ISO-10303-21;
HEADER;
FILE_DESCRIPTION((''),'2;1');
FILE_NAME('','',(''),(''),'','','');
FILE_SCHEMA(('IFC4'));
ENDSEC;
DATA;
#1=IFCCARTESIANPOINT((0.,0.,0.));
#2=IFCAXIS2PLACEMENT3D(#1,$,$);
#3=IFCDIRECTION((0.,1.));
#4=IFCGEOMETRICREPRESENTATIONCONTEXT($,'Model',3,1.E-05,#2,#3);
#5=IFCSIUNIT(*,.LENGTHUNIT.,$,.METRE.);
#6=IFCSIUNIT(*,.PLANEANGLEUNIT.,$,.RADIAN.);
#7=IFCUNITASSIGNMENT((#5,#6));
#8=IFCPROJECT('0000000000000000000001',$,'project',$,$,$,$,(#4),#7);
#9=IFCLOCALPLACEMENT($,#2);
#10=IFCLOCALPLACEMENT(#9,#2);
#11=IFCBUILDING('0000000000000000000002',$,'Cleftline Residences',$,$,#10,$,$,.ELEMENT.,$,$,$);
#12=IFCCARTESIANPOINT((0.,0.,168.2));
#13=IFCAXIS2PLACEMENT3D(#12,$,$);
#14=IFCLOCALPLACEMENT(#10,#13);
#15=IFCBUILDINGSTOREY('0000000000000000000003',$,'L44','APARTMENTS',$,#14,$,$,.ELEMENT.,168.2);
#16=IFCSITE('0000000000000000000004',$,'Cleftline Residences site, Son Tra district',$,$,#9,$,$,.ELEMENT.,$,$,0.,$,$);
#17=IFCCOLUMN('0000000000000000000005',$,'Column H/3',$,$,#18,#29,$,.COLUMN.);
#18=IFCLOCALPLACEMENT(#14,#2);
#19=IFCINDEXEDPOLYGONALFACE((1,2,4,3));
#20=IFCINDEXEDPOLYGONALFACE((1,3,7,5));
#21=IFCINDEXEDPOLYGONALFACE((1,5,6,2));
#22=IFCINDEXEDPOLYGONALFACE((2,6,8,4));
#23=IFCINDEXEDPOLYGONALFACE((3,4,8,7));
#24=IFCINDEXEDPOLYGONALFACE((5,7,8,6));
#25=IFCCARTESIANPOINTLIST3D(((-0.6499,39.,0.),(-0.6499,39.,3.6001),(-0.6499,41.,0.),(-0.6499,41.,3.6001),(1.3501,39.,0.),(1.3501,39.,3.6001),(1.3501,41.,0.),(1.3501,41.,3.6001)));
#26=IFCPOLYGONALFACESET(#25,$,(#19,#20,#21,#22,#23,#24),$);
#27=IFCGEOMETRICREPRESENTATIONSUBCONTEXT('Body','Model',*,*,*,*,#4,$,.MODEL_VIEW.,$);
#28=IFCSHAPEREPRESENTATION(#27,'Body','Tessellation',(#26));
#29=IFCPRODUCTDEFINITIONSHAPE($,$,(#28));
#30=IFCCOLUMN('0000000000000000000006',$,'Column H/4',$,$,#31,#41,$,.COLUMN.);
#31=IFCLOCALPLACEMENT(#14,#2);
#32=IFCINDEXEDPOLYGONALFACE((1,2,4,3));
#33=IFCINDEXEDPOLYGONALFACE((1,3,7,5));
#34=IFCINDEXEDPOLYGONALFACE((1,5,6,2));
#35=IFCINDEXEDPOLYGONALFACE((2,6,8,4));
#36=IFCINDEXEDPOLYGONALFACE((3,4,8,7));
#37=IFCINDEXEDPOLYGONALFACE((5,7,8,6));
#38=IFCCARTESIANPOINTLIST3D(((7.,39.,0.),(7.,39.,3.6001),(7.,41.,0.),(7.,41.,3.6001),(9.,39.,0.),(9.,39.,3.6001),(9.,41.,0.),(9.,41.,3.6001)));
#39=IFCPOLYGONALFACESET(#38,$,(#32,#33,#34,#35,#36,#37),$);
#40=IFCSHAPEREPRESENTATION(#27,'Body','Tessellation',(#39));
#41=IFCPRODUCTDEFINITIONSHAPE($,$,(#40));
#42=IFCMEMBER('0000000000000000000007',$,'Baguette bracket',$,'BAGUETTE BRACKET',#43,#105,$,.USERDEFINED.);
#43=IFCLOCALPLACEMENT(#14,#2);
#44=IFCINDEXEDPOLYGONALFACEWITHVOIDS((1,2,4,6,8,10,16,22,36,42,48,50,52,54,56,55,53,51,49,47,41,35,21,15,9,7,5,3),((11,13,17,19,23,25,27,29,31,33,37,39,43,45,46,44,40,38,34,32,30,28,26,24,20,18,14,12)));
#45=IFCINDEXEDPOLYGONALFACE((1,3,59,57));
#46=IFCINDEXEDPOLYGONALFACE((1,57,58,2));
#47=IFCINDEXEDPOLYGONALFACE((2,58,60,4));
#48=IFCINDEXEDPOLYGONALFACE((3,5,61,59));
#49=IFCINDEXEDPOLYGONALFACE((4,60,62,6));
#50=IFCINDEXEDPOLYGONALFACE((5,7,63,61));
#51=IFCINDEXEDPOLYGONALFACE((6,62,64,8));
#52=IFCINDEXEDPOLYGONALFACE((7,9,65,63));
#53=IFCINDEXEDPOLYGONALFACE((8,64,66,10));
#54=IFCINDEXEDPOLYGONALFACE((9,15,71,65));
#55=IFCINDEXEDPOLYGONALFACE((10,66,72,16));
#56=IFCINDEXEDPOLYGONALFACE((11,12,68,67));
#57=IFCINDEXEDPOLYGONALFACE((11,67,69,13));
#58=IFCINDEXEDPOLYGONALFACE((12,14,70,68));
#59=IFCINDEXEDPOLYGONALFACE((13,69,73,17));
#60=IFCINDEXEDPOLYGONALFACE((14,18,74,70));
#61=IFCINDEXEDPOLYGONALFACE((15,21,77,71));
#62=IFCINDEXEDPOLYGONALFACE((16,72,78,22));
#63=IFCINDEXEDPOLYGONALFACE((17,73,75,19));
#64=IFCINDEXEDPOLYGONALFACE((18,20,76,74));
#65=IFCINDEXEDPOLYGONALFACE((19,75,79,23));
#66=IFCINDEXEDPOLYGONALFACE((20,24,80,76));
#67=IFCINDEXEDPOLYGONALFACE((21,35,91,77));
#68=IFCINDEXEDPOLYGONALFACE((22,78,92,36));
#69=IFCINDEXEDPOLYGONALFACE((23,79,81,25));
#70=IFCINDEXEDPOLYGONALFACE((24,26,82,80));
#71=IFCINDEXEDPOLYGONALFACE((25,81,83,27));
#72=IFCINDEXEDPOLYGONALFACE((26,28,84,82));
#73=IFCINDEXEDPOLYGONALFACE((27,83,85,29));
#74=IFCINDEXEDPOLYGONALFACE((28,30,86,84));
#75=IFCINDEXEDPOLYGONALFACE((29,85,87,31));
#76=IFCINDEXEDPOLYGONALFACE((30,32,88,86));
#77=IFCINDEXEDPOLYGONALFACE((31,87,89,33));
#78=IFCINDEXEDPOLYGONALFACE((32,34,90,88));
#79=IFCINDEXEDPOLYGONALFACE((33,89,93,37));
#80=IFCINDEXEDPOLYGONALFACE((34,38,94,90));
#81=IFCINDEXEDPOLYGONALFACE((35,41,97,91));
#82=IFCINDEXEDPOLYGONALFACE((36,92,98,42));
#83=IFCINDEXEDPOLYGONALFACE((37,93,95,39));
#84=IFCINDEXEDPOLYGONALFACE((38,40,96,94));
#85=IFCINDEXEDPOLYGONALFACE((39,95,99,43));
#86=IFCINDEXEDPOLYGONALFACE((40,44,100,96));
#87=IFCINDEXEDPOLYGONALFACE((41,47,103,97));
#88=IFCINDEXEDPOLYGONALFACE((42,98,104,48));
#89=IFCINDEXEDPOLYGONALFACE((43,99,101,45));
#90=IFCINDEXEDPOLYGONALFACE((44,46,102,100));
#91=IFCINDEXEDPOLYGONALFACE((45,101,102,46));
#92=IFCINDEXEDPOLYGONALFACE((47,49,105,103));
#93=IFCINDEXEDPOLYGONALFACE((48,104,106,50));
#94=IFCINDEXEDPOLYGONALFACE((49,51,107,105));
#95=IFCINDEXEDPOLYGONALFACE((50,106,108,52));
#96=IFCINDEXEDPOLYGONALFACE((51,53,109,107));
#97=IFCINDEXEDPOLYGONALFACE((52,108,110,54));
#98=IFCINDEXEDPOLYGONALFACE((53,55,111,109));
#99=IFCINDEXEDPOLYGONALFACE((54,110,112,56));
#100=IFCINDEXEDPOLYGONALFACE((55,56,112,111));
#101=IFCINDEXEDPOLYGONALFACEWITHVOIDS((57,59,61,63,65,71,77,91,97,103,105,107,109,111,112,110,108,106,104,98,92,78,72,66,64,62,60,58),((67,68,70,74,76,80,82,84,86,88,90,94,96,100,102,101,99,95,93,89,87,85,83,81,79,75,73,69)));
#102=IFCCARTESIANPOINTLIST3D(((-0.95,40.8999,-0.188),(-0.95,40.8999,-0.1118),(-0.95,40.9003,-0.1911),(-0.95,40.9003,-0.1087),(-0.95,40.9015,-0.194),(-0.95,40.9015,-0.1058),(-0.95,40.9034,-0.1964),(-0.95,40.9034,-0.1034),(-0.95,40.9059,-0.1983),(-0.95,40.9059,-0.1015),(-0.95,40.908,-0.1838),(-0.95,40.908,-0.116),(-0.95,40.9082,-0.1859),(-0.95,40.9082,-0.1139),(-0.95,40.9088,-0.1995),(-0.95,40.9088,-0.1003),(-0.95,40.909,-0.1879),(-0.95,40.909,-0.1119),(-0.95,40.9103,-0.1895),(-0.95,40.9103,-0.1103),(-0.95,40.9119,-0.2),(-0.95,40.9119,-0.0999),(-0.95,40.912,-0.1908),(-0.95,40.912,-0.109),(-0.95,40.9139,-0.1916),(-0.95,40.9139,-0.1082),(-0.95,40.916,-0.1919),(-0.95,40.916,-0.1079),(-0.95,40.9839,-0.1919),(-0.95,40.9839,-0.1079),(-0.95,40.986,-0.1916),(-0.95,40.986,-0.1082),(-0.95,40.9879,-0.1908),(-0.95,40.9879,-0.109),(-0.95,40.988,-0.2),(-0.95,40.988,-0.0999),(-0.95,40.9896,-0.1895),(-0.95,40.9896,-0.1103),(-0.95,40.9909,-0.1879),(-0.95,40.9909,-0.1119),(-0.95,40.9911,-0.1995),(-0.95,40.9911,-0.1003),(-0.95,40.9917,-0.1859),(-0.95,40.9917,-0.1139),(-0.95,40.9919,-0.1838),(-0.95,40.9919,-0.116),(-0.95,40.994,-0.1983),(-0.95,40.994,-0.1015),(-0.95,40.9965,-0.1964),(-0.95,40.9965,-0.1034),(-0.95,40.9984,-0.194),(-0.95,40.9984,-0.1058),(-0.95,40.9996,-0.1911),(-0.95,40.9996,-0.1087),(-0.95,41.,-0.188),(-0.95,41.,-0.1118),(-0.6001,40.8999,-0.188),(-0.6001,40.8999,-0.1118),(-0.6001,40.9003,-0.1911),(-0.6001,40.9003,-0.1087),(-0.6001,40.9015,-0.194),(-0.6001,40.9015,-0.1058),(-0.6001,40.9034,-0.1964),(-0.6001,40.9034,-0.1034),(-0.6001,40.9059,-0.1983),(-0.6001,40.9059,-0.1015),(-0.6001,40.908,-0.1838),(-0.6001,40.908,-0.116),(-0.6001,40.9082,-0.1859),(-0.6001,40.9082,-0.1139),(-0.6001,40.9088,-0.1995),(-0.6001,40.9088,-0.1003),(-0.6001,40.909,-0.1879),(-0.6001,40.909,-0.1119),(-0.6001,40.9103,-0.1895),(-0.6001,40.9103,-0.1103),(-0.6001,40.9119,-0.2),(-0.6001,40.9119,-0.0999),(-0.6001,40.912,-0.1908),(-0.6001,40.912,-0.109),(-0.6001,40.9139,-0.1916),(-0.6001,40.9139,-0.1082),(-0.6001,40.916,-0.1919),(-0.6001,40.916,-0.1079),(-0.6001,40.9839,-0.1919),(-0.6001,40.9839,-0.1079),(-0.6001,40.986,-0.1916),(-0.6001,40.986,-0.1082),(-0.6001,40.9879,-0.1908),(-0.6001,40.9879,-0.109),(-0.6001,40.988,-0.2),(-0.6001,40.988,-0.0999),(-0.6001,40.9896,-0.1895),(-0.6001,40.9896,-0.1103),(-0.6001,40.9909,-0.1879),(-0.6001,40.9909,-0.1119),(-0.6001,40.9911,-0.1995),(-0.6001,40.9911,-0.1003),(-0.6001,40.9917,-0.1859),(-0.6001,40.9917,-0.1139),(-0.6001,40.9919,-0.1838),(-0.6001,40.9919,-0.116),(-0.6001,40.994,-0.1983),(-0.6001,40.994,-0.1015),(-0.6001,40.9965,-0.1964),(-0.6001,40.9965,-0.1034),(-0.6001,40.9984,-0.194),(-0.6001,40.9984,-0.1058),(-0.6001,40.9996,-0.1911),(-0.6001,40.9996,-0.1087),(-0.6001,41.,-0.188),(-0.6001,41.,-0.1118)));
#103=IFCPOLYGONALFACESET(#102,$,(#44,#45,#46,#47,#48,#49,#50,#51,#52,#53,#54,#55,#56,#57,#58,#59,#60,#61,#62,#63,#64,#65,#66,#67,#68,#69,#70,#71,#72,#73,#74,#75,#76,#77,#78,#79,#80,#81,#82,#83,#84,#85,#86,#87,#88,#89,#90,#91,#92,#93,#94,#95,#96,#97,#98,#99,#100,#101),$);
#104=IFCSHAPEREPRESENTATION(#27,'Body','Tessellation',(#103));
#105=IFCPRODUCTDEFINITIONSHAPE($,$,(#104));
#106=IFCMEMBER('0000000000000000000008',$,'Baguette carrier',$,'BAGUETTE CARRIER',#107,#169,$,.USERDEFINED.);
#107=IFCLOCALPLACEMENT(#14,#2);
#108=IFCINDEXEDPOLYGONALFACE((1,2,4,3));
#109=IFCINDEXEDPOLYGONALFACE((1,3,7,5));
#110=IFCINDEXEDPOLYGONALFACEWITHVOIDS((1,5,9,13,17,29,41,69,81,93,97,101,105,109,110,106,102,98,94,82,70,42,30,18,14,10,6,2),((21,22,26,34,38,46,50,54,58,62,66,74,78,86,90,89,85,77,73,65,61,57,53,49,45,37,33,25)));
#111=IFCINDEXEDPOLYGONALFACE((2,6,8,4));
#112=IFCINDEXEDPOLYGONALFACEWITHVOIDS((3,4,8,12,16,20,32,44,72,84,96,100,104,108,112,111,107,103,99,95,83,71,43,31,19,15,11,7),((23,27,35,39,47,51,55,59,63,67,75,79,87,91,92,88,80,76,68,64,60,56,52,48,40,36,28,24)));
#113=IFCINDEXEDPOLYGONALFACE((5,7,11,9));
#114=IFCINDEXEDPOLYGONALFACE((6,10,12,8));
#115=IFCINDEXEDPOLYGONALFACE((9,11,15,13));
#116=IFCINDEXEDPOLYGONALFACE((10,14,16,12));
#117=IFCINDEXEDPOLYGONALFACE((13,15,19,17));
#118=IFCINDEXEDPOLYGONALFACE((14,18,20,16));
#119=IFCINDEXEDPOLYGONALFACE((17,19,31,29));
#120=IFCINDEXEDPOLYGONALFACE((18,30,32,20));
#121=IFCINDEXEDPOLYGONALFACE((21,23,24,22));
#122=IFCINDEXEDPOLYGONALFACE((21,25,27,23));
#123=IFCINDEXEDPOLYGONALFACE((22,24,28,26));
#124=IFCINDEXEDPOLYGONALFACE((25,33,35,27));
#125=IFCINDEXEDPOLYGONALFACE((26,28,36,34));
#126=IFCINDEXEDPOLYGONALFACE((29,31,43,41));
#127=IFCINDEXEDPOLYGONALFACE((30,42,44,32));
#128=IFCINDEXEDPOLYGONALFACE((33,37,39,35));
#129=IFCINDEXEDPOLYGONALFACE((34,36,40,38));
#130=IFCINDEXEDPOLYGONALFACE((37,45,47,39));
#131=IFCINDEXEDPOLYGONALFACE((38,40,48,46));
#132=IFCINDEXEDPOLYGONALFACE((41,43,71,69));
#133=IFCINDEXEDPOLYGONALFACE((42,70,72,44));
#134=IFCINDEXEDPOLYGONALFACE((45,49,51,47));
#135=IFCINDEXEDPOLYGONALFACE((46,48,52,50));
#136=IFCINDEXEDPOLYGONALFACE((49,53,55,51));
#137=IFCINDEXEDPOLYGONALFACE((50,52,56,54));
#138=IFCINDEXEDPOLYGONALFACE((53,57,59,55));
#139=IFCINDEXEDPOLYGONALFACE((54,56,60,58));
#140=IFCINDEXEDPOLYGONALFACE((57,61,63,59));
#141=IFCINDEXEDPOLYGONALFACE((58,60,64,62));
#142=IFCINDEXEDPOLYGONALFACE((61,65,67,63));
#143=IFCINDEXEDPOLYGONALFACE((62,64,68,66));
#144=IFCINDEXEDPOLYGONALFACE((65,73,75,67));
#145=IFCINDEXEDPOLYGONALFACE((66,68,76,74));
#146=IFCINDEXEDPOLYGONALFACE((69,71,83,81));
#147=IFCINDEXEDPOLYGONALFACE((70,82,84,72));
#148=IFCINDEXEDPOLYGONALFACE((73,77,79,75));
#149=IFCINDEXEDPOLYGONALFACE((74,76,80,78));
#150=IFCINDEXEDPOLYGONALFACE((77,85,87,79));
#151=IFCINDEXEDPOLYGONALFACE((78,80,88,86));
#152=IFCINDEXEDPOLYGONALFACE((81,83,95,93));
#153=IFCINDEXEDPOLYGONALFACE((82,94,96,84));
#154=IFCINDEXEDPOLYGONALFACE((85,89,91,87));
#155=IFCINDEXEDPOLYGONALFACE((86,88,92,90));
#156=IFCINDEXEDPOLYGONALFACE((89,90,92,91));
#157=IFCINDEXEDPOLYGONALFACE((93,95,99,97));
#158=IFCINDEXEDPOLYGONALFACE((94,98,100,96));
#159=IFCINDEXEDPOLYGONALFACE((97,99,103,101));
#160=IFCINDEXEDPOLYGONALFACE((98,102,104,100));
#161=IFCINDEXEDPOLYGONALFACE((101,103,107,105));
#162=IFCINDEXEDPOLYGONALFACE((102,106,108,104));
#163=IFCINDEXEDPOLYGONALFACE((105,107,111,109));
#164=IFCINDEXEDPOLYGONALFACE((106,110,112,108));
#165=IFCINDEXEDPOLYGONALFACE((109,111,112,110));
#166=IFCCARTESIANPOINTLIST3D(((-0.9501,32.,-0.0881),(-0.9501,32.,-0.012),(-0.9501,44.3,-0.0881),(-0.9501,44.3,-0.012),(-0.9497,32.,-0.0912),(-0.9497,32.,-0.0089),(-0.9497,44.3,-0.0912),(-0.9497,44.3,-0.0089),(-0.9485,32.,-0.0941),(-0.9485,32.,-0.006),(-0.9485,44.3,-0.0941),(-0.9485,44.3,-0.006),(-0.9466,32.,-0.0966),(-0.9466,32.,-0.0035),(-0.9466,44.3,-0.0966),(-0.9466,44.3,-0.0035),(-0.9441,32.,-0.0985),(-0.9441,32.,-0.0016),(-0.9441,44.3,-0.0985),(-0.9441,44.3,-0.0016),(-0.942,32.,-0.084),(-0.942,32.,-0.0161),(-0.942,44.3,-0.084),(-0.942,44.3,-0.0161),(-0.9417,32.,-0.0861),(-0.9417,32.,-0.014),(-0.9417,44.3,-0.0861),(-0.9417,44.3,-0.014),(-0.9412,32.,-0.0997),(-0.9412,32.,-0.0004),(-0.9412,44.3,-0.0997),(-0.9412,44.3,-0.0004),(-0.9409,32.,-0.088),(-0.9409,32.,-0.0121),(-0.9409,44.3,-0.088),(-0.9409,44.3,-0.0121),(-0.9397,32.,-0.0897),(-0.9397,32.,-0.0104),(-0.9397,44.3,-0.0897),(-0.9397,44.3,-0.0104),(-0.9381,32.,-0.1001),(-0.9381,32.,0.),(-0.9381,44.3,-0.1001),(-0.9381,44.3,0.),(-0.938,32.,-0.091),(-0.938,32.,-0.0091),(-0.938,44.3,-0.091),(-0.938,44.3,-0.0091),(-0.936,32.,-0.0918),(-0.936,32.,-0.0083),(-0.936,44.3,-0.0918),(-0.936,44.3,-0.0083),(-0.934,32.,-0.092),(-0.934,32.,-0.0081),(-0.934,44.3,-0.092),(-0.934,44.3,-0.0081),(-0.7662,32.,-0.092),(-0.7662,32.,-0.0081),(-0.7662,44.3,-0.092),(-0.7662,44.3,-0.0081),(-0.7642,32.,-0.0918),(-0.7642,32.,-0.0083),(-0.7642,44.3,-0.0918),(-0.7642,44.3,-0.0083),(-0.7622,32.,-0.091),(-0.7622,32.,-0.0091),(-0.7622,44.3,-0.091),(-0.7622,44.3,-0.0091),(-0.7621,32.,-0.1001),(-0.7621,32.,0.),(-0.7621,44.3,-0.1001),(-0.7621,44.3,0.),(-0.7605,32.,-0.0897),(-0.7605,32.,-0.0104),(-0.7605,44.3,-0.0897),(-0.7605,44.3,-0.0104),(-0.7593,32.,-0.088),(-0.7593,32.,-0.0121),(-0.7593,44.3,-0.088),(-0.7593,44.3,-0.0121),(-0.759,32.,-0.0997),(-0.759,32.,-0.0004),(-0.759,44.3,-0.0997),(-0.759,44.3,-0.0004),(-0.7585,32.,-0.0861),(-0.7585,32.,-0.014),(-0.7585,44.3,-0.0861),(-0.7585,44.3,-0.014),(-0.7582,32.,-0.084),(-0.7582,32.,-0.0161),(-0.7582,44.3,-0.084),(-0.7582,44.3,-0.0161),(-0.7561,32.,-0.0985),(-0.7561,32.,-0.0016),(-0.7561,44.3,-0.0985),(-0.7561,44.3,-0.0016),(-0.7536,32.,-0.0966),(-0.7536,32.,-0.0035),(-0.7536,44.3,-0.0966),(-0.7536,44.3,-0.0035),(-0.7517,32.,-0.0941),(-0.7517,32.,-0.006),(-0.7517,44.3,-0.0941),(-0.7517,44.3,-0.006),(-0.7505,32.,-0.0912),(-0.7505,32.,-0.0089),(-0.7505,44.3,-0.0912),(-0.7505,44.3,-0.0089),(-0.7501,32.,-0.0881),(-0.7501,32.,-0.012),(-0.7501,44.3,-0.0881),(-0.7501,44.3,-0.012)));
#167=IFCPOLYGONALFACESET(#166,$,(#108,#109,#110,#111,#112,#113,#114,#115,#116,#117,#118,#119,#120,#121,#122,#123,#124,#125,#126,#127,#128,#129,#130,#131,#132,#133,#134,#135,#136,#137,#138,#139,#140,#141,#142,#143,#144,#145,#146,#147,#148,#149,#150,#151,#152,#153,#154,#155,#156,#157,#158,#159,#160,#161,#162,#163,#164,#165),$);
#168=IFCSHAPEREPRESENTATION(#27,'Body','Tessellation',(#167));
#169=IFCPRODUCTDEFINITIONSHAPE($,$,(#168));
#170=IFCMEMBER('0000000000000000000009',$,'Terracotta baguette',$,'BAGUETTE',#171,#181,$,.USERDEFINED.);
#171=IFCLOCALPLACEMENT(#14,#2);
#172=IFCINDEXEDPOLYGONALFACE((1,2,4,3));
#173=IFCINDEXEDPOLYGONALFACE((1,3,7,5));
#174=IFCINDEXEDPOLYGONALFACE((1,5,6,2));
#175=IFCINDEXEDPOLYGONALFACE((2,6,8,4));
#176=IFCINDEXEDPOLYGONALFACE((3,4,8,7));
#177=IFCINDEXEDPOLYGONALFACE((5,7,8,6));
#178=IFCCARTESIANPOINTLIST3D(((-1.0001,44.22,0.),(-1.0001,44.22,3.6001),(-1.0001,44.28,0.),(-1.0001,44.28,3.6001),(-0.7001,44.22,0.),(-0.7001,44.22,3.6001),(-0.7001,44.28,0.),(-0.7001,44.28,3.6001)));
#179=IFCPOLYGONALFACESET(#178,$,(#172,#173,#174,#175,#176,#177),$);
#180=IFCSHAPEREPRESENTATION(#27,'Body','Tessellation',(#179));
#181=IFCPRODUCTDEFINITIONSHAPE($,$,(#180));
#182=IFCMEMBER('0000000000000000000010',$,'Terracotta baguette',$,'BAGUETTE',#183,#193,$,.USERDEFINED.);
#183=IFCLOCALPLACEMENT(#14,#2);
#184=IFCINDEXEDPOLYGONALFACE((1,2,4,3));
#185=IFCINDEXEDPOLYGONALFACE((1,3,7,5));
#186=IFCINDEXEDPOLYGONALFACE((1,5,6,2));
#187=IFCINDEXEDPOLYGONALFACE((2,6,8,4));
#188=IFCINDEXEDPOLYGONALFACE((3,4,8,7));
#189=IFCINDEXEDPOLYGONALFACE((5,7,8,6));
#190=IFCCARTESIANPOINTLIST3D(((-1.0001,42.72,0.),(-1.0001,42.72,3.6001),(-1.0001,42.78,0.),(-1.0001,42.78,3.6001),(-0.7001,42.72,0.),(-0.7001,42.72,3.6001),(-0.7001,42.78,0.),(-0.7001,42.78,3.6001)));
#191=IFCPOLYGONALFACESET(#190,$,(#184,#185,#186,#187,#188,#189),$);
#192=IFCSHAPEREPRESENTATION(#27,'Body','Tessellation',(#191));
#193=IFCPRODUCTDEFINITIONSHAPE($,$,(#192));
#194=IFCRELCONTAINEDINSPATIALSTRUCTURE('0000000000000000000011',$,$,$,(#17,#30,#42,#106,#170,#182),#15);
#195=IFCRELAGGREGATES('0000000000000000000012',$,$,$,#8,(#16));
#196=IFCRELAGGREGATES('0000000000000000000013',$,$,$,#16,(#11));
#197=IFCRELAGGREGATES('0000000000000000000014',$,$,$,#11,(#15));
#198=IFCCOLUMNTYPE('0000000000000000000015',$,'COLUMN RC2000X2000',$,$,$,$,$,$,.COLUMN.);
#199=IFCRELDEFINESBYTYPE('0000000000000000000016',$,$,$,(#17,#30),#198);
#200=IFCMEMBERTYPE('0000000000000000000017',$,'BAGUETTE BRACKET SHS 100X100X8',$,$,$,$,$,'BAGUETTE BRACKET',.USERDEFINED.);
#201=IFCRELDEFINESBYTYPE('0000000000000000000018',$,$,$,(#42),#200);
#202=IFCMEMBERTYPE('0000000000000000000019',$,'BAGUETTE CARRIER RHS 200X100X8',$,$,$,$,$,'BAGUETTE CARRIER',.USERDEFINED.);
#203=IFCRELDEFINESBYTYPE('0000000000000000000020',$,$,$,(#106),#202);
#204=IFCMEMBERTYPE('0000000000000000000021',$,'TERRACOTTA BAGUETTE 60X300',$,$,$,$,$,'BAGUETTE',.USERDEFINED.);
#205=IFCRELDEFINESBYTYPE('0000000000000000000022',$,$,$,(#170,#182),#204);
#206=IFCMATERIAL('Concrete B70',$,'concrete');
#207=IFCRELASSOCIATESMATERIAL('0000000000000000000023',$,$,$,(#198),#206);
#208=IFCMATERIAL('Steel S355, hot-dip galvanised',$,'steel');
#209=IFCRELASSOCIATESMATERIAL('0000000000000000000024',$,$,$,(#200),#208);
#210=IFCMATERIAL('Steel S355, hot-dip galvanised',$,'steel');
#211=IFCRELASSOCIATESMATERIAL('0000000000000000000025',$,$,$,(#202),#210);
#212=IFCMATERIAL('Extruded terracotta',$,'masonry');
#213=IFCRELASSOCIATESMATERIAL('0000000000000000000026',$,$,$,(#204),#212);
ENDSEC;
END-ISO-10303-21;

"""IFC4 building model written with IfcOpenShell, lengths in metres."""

from ifc_helpers import new_model, si_unit, direction, frame, origin, origin_2d, place, context, subcontext, project, spatial, rectangle, hollow_rectangle, extrude, material, material_profile, profile_set, type_object, element, save


model = new_model("IFC4")

# Units and contexts
model_context = context("Model", 3, precision=1e-05, world=origin(), true_north=direction((0.0, 1.0)))
body_context = subcontext(model_context, "Body", "Model", "MODEL_VIEW")
ifc_project = project(units=[si_unit("LENGTHUNIT", "METRE"), si_unit("PLANEANGLEUNIT", "RADIAN")], contexts=[model_context])

# Site, building, storey
site_placement = place(None, origin())
site = spatial("IfcSite", under=ifc_project, at=site_placement, Name="Cleftline Residences site, Son Tra district", CompositionType="ELEMENT", RefElevation=0.0)
building_placement = place(site_placement, origin())
building = spatial("IfcBuilding", under=site, at=building_placement, Name="Cleftline Residences", CompositionType="ELEMENT")
storey_placement = place(building_placement, frame((0.0, 0.0, 168.2)))
storey = spatial("IfcBuildingStorey", under=building, at=storey_placement, Name="L44", Description="APARTMENTS", CompositionType="ELEMENT", Elevation=168.2)

# Columns
ifc_material_1 = material(Name="Concrete B70", Category="concrete")
ifc_material_profile_1 = material_profile(ifc_material_1, rectangle(XDim=2.0, YDim=2.0, at=origin_2d()))
ifc_profile_set_1 = profile_set([ifc_material_profile_1], Name="Concrete B70")
column_type = type_object("IfcColumnType", Name="COLUMN RC2000X2000", PredefinedType="COLUMN", material=ifc_profile_set_1)
for number, where, z_axis, x_axis, name in (
    (1, (0.3501, 40.0, 0.0), (0.0, 0.0, 1.0), (1.0, 0.0, 0.0), "Column H/3"),
    (2, (8.0, 40.0, 0.0), (0.0, 0.0, 1.0), (1.0, 0.0, 0.0), "Column H/4"),
):
    element("IfcColumn", number, at=place(storey_placement, frame(where, z_axis=z_axis, x_axis=x_axis)), inside=storey, type_object=column_type, Name=name, PredefinedType="COLUMN", context=body_context, shape_type="SweptSolid", body=[
        extrude(rectangle(XDim=2.0, YDim=2.0, at=origin_2d()), origin(), (0.0, 0.0, 1.0), 3.6001),
    ])

# Members
ifc_material_2 = material(Name="Steel S355, hot-dip galvanised", Category="steel")
ifc_material_profile_2 = material_profile(ifc_material_2, hollow_rectangle(XDim=0.1001, YDim=0.1001, WallThickness=0.0081, InnerFilletRadius=0.0081, OuterFilletRadius=0.012, at=origin_2d()))
ifc_profile_set_2 = profile_set([ifc_material_profile_2], Name="Steel S355, hot-dip galvanised")
member_type_1 = type_object("IfcMemberType", Name="BAGUETTE BRACKET SHS 100X100X8", ElementType="BAGUETTE BRACKET", PredefinedType="USERDEFINED", material=ifc_profile_set_2)
member_1_placement = place(storey_placement, frame((-0.6001, 40.95, -0.1499), z_axis=(-1.0, 0.0, 0.0), x_axis=(0.0, -1.0, 0.0)))
element("IfcMember", 3, at=member_1_placement, inside=storey, type_object=member_type_1, Name="Baguette bracket", ObjectType="BAGUETTE BRACKET", PredefinedType="USERDEFINED", context=body_context, shape_type="SweptSolid", body=[
    extrude(hollow_rectangle(XDim=0.1001, YDim=0.1001, WallThickness=0.0081, InnerFilletRadius=0.0081, OuterFilletRadius=0.012, at=origin_2d()), origin(), (0.0, 0.0, 1.0), 0.3499),
])
ifc_material_3 = material(Name="Steel S355, hot-dip galvanised", Category="steel")
ifc_material_profile_3 = material_profile(ifc_material_3, hollow_rectangle(XDim=0.1001, YDim=0.2, WallThickness=0.0081, InnerFilletRadius=0.0081, OuterFilletRadius=0.012, at=origin_2d()))
ifc_profile_set_3 = profile_set([ifc_material_profile_3], Name="Steel S355, hot-dip galvanised")
member_type_2 = type_object("IfcMemberType", Name="BAGUETTE CARRIER RHS 200X100X8", ElementType="BAGUETTE CARRIER", PredefinedType="USERDEFINED", material=ifc_profile_set_3)
member_2_placement = place(storey_placement, frame((-0.8501, 44.3, -0.05), z_axis=(0.0, -1.0, 0.0), x_axis=(0.0, 0.0, 1.0)))
element("IfcMember", 4, at=member_2_placement, inside=storey, type_object=member_type_2, Name="Baguette carrier", ObjectType="BAGUETTE CARRIER", PredefinedType="USERDEFINED", context=body_context, shape_type="SweptSolid", body=[
    extrude(hollow_rectangle(XDim=0.1001, YDim=0.2, WallThickness=0.0081, InnerFilletRadius=0.0081, OuterFilletRadius=0.012, at=origin_2d()), origin(), (0.0, 0.0, 1.0), 12.3),
])
ifc_material_4 = material(Name="Extruded terracotta", Category="masonry")
ifc_material_profile_4 = material_profile(ifc_material_4, rectangle(XDim=0.0601, YDim=0.3, at=origin_2d()))
ifc_profile_set_4 = profile_set([ifc_material_profile_4], Name="Extruded terracotta")
member_type_3 = type_object("IfcMemberType", Name="TERRACOTTA BAGUETTE 60X300", ElementType="BAGUETTE", PredefinedType="USERDEFINED", material=ifc_profile_set_4)
for number, where, z_axis, x_axis, name in (
    (5, (-0.8501, 44.25, 0.0), (0.0, 0.0, 1.0), (0.0, 1.0, 0.0), "Terracotta baguette"),
    (6, (-0.8501, 42.75, 0.0), (0.0, 0.0, 1.0), (0.0, 1.0, 0.0), "Terracotta baguette"),
):
    element("IfcMember", number, at=place(storey_placement, frame(where, z_axis=z_axis, x_axis=x_axis)), inside=storey, type_object=member_type_3, Name=name, ObjectType="BAGUETTE", PredefinedType="USERDEFINED", context=body_context, shape_type="SweptSolid", body=[
        extrude(rectangle(XDim=0.0601, YDim=0.3, at=origin_2d()), origin(), (0.0, 0.0, 1.0), 3.6001),
    ])

save(model, "model.ifc")
